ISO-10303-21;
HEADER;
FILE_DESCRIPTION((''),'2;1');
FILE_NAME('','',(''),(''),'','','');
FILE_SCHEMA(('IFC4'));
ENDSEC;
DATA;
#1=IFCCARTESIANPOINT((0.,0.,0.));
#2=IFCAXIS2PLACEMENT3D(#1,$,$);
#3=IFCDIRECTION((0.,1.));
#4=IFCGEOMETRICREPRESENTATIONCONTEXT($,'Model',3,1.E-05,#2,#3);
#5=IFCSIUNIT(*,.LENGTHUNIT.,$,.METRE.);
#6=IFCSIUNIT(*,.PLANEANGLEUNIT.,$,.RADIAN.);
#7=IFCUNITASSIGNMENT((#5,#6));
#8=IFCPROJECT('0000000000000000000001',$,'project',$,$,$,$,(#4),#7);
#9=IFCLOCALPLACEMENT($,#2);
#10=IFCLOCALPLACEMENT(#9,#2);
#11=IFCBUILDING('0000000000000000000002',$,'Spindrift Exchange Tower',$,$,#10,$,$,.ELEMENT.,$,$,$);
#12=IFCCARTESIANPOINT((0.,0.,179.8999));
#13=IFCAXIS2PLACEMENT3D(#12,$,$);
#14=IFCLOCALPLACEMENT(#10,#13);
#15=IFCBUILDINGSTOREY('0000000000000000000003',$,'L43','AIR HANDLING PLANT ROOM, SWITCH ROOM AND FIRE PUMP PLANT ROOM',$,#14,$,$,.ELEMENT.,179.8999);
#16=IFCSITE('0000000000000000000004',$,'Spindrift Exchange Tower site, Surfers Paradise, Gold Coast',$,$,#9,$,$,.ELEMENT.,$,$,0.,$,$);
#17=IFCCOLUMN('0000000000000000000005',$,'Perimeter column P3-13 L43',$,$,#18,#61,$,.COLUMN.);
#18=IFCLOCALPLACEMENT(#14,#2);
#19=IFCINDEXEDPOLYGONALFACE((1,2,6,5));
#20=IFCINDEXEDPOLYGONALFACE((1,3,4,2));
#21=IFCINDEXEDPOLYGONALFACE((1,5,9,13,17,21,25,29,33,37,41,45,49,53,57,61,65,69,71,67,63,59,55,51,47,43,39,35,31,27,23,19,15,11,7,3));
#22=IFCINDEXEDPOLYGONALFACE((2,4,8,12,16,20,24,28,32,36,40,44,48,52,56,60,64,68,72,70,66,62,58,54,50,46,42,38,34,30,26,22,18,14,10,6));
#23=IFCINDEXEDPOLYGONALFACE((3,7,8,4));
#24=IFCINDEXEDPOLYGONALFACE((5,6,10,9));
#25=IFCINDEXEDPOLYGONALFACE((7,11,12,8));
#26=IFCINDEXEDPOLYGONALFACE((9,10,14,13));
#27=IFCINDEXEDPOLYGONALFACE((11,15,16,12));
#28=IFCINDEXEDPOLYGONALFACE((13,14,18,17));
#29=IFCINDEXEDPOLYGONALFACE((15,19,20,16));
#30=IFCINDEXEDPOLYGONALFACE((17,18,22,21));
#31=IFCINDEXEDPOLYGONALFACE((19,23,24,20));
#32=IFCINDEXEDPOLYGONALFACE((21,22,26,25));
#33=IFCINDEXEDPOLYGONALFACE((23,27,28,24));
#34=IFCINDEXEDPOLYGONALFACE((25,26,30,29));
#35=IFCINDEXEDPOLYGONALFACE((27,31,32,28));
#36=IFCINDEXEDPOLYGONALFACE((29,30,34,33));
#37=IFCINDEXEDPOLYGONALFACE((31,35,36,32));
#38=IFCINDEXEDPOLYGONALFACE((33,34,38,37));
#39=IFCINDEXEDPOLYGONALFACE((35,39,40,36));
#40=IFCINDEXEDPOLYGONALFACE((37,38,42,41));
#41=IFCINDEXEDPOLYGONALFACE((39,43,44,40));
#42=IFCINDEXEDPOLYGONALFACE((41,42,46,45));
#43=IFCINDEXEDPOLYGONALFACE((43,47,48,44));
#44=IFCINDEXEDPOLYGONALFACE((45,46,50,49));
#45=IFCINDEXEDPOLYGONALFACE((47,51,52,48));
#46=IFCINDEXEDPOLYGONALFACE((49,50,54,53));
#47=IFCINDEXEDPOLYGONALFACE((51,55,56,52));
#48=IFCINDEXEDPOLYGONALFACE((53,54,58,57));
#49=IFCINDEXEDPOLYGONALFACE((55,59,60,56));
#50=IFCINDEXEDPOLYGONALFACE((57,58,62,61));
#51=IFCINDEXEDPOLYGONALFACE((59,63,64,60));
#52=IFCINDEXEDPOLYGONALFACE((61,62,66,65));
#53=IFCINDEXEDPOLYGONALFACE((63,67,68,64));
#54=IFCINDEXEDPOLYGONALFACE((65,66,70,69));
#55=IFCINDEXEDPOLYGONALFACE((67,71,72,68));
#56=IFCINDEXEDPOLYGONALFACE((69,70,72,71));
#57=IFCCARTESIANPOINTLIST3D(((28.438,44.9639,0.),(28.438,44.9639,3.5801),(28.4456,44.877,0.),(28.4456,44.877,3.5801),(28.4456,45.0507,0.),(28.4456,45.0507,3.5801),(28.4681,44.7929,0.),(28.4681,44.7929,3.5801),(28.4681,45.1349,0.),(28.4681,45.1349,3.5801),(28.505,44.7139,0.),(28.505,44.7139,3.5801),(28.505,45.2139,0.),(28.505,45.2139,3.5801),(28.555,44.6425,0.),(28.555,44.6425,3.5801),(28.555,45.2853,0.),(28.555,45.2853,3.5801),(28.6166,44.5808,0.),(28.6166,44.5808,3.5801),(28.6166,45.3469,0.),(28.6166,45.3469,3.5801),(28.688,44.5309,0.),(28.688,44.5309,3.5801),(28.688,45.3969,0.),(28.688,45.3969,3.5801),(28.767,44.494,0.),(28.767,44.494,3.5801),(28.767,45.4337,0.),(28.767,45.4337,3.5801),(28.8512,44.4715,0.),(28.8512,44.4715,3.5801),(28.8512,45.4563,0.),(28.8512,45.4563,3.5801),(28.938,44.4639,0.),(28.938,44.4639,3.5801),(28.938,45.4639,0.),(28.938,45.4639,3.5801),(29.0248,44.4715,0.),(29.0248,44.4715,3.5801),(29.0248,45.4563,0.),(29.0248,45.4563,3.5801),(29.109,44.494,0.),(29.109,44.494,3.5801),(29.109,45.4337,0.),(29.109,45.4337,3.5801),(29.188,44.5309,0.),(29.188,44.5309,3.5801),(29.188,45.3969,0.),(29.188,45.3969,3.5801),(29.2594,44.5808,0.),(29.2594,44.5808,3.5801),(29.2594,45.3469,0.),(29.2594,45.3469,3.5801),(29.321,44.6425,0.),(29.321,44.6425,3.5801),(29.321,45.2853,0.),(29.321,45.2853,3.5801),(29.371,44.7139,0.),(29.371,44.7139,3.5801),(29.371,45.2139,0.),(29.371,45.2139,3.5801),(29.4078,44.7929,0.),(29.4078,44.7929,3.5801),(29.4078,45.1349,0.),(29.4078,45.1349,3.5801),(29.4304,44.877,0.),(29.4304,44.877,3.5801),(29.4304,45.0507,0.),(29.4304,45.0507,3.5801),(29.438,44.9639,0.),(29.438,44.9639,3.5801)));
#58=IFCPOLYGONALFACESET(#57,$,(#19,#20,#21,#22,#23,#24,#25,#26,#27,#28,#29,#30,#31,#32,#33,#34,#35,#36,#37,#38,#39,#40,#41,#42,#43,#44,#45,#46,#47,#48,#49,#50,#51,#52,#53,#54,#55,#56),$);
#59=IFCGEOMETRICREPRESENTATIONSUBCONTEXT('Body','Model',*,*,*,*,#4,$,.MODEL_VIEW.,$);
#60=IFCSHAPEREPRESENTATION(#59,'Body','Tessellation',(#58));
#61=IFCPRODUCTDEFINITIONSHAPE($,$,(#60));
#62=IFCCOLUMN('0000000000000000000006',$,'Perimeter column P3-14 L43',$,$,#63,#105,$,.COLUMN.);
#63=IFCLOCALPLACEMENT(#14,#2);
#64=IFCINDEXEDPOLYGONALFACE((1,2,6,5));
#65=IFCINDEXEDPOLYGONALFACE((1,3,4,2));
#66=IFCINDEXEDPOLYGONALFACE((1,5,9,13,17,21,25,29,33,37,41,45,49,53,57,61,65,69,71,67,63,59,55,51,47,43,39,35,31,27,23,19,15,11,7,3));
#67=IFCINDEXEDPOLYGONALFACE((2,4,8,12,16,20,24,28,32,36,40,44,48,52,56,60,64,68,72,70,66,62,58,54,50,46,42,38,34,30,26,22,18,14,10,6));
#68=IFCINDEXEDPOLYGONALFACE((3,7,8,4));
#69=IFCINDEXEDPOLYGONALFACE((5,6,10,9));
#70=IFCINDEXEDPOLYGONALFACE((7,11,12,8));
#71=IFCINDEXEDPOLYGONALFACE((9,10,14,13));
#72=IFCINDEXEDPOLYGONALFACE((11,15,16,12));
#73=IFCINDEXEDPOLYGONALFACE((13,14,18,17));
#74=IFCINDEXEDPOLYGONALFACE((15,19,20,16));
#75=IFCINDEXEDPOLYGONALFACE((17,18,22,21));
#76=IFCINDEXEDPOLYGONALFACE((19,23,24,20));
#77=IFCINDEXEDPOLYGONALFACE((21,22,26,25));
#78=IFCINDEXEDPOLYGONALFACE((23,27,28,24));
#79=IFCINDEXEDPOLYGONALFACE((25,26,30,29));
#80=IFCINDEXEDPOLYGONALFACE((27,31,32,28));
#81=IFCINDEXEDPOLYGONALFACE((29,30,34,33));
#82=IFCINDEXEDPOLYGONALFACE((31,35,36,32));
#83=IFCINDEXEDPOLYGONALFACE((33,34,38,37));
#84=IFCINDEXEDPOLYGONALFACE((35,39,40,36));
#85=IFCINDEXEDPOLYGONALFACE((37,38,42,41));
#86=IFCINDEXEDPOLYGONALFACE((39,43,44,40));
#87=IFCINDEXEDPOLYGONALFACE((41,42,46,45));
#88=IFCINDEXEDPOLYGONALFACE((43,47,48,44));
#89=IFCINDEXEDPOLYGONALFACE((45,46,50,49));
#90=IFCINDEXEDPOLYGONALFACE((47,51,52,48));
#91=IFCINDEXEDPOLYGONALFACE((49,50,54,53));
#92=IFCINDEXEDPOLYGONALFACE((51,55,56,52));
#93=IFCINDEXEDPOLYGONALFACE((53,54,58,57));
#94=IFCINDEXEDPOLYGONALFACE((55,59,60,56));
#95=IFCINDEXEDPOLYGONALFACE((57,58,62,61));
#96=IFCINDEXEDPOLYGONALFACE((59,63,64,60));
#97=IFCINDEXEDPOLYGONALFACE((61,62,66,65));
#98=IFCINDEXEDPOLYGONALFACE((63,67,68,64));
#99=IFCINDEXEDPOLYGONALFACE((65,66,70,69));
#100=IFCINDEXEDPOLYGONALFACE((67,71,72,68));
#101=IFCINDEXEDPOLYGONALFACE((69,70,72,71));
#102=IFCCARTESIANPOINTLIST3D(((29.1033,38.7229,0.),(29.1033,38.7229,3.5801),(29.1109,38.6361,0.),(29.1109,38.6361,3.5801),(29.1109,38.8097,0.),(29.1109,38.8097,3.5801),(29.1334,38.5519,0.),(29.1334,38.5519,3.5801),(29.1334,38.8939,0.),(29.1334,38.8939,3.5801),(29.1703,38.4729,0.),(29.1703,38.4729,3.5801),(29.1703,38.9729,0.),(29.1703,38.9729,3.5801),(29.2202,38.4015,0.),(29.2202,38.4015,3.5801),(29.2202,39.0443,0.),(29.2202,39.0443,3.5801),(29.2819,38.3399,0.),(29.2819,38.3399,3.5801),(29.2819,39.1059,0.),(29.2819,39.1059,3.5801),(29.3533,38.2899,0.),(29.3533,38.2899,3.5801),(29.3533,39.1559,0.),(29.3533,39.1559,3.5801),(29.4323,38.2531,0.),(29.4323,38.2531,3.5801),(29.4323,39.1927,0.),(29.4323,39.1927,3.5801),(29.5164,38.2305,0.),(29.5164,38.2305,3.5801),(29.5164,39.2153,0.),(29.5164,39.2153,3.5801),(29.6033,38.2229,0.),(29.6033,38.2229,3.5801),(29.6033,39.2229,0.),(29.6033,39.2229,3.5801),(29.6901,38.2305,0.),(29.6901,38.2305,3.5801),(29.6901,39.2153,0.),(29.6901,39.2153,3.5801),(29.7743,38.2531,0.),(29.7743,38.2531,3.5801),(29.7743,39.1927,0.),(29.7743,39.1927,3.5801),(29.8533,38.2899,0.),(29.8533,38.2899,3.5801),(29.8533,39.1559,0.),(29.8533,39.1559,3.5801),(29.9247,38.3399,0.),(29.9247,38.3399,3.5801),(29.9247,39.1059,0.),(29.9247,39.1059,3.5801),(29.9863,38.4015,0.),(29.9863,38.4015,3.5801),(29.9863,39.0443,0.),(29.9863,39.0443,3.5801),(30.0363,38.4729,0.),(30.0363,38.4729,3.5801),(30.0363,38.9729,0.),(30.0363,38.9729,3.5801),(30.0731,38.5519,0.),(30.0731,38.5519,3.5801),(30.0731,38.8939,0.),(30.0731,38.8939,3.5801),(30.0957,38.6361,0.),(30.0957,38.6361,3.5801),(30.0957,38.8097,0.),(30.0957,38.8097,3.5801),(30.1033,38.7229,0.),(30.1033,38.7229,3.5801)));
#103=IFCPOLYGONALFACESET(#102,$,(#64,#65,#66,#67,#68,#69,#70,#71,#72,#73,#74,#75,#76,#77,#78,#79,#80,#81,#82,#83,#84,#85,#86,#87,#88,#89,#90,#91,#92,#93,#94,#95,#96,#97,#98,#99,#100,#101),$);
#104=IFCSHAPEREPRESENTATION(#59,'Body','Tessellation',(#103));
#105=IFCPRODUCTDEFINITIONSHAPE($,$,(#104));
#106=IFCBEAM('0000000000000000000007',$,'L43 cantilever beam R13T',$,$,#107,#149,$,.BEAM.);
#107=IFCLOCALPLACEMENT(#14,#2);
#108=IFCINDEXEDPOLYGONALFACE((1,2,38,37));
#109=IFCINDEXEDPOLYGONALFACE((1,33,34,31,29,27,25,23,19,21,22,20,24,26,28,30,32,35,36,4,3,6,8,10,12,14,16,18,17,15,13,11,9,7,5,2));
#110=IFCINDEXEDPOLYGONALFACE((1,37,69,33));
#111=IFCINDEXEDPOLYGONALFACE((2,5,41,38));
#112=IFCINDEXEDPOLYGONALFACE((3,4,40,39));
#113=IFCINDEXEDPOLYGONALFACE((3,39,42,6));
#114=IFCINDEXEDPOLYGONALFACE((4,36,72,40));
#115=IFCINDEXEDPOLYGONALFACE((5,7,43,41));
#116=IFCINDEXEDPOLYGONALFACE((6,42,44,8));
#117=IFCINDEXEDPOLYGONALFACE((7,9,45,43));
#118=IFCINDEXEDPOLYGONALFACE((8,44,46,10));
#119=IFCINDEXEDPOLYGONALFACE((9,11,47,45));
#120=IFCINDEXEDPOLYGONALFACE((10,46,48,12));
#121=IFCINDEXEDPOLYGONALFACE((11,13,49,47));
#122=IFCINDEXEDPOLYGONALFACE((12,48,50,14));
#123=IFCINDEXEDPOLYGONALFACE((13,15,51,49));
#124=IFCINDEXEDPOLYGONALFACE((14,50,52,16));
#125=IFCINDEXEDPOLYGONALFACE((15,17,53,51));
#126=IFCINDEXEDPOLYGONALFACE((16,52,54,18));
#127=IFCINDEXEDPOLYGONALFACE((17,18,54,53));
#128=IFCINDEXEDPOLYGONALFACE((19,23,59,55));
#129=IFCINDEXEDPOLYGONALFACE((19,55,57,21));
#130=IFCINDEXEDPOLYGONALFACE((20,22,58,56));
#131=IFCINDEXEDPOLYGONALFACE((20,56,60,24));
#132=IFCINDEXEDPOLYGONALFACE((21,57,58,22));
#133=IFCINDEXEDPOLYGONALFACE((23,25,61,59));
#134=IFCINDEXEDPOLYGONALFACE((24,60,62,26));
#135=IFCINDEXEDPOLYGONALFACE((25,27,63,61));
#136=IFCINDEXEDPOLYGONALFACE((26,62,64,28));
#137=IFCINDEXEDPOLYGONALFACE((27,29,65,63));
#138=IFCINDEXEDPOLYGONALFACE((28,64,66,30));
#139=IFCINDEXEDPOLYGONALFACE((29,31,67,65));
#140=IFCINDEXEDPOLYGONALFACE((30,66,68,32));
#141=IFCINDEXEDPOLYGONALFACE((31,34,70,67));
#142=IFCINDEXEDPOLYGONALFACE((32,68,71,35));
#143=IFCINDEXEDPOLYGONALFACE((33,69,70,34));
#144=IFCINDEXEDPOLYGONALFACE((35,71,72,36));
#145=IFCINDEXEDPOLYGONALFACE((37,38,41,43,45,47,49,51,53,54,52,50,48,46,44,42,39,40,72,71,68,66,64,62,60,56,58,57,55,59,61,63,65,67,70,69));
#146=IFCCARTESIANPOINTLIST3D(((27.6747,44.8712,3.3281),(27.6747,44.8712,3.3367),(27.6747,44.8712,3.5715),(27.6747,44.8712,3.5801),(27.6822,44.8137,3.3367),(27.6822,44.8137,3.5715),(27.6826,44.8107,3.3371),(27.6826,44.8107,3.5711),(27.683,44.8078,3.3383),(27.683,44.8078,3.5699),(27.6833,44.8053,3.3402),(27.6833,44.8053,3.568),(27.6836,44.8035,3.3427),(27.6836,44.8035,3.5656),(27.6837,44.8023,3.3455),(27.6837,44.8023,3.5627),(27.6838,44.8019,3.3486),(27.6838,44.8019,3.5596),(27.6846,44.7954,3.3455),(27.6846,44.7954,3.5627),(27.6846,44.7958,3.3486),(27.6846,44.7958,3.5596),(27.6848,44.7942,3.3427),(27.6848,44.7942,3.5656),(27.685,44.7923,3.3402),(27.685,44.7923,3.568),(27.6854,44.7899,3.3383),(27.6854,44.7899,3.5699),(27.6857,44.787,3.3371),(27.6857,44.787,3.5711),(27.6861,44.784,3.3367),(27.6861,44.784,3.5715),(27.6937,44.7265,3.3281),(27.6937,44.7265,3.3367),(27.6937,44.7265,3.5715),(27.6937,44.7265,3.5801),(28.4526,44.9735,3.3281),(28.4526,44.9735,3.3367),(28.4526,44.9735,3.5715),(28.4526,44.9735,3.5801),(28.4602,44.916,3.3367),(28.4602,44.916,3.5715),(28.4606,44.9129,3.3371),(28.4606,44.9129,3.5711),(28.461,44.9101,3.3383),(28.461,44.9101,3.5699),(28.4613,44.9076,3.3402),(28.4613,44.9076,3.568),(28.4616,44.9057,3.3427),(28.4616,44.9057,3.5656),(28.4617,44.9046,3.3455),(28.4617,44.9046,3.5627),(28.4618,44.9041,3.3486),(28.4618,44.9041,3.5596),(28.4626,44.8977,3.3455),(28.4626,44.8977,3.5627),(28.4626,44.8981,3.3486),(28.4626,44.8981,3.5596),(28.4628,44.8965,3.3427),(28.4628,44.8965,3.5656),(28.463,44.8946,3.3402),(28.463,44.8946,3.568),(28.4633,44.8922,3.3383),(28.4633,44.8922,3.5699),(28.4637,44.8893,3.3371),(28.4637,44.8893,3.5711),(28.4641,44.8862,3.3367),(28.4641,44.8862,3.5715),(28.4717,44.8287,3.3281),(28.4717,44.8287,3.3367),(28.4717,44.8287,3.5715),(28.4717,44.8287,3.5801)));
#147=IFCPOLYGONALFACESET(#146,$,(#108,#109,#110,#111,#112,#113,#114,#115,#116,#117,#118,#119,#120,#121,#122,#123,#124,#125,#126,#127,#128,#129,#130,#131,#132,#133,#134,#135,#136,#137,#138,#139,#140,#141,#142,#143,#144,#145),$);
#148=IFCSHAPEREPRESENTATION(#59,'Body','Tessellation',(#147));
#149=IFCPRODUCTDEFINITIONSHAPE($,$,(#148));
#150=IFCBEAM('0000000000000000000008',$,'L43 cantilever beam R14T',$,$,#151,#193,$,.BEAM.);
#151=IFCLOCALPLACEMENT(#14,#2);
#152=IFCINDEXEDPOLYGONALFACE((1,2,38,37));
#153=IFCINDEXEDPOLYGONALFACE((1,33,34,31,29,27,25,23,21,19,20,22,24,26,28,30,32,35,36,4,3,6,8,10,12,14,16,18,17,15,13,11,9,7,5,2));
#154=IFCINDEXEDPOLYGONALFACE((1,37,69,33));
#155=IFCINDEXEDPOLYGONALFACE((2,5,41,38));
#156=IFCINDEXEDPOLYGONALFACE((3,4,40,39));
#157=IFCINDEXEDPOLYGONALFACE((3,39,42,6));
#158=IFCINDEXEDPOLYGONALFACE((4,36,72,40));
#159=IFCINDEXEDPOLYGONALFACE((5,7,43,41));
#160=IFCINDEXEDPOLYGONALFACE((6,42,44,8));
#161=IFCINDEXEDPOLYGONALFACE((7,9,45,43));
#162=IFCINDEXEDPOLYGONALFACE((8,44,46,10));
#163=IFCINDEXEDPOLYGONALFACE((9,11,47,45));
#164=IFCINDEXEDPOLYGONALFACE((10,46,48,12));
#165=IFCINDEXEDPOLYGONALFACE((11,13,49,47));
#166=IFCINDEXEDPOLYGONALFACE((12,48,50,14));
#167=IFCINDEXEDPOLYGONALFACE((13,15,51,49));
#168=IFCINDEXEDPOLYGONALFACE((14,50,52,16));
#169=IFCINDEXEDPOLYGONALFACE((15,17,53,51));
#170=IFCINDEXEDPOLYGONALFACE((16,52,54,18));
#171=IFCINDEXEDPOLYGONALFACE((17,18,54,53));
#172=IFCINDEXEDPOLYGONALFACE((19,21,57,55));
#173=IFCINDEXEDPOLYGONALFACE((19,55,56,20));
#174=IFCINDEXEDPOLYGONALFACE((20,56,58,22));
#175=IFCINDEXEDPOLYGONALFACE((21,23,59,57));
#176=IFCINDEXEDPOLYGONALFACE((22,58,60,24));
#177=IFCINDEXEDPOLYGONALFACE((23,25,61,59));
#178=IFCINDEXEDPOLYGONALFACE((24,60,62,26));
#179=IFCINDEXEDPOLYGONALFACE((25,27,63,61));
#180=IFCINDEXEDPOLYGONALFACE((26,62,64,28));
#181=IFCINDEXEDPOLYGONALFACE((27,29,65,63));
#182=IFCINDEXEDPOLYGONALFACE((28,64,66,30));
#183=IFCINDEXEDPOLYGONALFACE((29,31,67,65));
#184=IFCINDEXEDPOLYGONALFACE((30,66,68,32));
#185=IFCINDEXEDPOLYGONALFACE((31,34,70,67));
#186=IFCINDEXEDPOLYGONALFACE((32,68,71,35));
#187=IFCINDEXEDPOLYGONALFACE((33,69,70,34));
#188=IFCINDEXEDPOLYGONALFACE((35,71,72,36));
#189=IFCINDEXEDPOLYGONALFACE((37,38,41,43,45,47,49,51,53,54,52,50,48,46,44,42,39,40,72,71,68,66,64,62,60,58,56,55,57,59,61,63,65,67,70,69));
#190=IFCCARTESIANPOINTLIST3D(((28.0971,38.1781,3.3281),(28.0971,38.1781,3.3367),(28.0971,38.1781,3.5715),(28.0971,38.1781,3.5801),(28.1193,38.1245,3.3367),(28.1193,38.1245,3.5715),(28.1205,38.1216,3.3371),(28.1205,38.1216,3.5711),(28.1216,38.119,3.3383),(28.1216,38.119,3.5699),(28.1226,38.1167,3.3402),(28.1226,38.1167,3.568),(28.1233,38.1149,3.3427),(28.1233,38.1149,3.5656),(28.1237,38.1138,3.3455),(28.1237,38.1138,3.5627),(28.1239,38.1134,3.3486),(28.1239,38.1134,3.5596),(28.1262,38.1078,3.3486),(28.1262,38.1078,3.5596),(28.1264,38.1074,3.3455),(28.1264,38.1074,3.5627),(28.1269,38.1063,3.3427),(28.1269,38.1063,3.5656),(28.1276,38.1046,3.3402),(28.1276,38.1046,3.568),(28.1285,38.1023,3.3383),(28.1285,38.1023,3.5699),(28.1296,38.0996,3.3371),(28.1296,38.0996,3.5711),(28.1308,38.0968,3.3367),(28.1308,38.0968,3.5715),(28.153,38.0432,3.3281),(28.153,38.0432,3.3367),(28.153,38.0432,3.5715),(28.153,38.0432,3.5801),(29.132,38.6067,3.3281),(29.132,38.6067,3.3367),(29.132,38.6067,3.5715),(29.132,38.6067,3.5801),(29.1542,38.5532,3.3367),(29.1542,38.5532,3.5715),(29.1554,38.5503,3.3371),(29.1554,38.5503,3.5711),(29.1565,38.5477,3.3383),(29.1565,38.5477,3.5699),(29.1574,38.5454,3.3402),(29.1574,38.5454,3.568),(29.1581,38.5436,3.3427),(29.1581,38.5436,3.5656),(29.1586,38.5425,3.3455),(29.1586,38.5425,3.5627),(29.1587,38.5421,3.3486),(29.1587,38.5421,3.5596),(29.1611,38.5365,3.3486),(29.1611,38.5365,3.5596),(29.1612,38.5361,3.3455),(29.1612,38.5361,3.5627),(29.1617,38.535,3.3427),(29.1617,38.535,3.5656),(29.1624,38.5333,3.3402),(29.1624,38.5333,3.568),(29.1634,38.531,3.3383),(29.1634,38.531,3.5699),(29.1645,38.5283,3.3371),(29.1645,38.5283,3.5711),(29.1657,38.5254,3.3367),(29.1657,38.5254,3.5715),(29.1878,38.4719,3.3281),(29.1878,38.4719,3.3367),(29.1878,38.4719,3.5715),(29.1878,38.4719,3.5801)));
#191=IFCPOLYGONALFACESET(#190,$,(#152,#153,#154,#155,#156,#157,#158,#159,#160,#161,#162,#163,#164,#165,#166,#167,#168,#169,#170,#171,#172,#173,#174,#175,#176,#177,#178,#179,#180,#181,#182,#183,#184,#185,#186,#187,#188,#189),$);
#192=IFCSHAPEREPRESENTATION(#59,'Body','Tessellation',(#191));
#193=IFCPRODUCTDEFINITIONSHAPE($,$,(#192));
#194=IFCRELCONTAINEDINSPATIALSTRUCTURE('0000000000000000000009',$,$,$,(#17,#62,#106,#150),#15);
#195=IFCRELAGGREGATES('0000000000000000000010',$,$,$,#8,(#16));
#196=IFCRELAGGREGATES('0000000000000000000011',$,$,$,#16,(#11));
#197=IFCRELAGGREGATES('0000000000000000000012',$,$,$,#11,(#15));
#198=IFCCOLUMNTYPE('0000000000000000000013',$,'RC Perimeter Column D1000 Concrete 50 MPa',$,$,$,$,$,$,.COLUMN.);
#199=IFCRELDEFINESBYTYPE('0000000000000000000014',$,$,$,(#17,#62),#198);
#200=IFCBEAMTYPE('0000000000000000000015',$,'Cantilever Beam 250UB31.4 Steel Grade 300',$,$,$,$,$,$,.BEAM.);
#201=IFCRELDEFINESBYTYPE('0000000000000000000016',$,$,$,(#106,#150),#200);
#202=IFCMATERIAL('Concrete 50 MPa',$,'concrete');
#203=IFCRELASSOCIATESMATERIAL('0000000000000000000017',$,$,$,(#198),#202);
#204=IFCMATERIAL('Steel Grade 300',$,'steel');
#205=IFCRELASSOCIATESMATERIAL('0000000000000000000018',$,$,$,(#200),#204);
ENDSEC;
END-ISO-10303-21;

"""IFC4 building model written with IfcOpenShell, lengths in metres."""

from ifc_helpers import new_model, si_unit, direction, frame, origin, origin_2d, place, context, subcontext, project, spatial, circle, i_section, extrude, source, transform, mapped, material, material_profile, profile_set, type_object, element, save


model = new_model("IFC4")

# Units and contexts
model_context = context("Model", 3, precision=1e-05, world=origin(), true_north=direction((0.0, 1.0)))
body_context = subcontext(model_context, "Body", "Model", "MODEL_VIEW")
ifc_project = project(units=[si_unit("LENGTHUNIT", "METRE"), si_unit("PLANEANGLEUNIT", "RADIAN")], contexts=[model_context])

# Site, building, storey
site_placement = place(None, origin())
site = spatial("IfcSite", under=ifc_project, at=site_placement, Name="Spindrift Exchange Tower site, Surfers Paradise, Gold Coast", CompositionType="ELEMENT", RefElevation=0.0)
building_placement = place(site_placement, origin())
building = spatial("IfcBuilding", under=site, at=building_placement, Name="Spindrift Exchange Tower", CompositionType="ELEMENT")
storey_placement = place(building_placement, frame((0.0, 0.0, 179.8999)))
storey = spatial("IfcBuildingStorey", under=building, at=storey_placement, Name="L43", Description="AIR HANDLING PLANT ROOM, SWITCH ROOM AND FIRE PUMP PLANT ROOM", CompositionType="ELEMENT", Elevation=179.8999)

# Columns
ifc_material_1 = material(Name="Concrete 50 MPa", Category="concrete")
ifc_material_profile_1 = material_profile(ifc_material_1, circle(Radius=0.5, at=origin_2d()), Name="RC D1000")
ifc_profile_set_1 = profile_set([ifc_material_profile_1], Name="Concrete 50 MPa")
column_type = type_object("IfcColumnType", Name="RC Perimeter Column D1000 Concrete 50 MPa", PredefinedType="COLUMN", material=ifc_profile_set_1)
shared_shape_1 = source(origin(), body_context, "Body", "SweptSolid", [
    extrude(circle(Radius=0.5, at=origin_2d()), origin(), (0.0, 0.0, 1.0), 3.5801),
])
for number, where, z_axis, x_axis, name in (
    (1, (28.938, 44.9639, 0.0), (0.0, 0.0, 1.0), (1.0, 0.0, 0.0), "Perimeter column P3-13 L43"),
    (2, (29.6033, 38.7229, 0.0), (0.0, 0.0, 1.0), (1.0, 0.0, 0.0), "Perimeter column P3-14 L43"),
):
    element("IfcColumn", number, at=place(storey_placement, frame(where, z_axis=z_axis, x_axis=x_axis)), inside=storey, type_object=column_type, Name=name, PredefinedType="COLUMN", context=body_context, shape_type="MappedRepresentation", body=[
        mapped(shared_shape_1, transform((0.0, 0.0, 0.0), scale=1.0)),
    ])

# Beams
ifc_material_2 = material(Name="Steel Grade 300", Category="steel")
ifc_material_profile_2 = material_profile(ifc_material_2, i_section(OverallWidth=0.146, OverallDepth=0.252, WebThickness=0.0061, FlangeThickness=0.0085, FilletRadius=0.012, at=origin_2d()), Name="250UB31.4")
ifc_profile_set_2 = profile_set([ifc_material_profile_2], Name="Steel Grade 300")
beam_type_1 = type_object("IfcBeamType", Name="Cantilever Beam 250UB31.4 Steel Grade 300", PredefinedType="BEAM", material=ifc_profile_set_2)
shared_shape_2 = source(origin(), body_context, "Body", "SweptSolid", [
    extrude(i_section(OverallWidth=0.146, OverallDepth=0.252, WebThickness=0.0061, FlangeThickness=0.0085, FilletRadius=0.012, at=origin_2d()), origin(), (0.0, 0.0, 1.0), 0.7847),
])
beam_1_placement = place(storey_placement, frame((28.4622, 44.9011, 3.4541), z_axis=(-0.991468, -0.13035, 0.0), x_axis=(0.13035, -0.991468, 0.0)))
element("IfcBeam", 3, at=beam_1_placement, inside=storey, type_object=beam_type_1, Name="L43 cantilever beam R13T", PredefinedType="BEAM", context=body_context, shape_type="MappedRepresentation", body=[
    mapped(shared_shape_2, transform((0.0, 0.0, 0.0), scale=1.0)),
])
shared_shape_3 = source(origin(), body_context, "Body", "SweptSolid", [
    extrude(i_section(OverallWidth=0.146, OverallDepth=0.252, WebThickness=0.0061, FlangeThickness=0.0085, FilletRadius=0.012, at=origin_2d()), origin(), (0.0, 0.0, 1.0), 1.1201),
])
beam_2_placement = place(storey_placement, frame((29.1599, 38.5393, 3.4541), z_axis=(-0.923868, -0.382711, 0.0), x_axis=(0.382711, -0.923868, 0.0)))
element("IfcBeam", 4, at=beam_2_placement, inside=storey, type_object=beam_type_1, Name="L43 cantilever beam R14T", PredefinedType="BEAM", context=body_context, shape_type="MappedRepresentation", body=[
    mapped(shared_shape_3, transform((0.0, 0.0, 0.0), scale=1.0)),
])

save(model, "model.ifc")
